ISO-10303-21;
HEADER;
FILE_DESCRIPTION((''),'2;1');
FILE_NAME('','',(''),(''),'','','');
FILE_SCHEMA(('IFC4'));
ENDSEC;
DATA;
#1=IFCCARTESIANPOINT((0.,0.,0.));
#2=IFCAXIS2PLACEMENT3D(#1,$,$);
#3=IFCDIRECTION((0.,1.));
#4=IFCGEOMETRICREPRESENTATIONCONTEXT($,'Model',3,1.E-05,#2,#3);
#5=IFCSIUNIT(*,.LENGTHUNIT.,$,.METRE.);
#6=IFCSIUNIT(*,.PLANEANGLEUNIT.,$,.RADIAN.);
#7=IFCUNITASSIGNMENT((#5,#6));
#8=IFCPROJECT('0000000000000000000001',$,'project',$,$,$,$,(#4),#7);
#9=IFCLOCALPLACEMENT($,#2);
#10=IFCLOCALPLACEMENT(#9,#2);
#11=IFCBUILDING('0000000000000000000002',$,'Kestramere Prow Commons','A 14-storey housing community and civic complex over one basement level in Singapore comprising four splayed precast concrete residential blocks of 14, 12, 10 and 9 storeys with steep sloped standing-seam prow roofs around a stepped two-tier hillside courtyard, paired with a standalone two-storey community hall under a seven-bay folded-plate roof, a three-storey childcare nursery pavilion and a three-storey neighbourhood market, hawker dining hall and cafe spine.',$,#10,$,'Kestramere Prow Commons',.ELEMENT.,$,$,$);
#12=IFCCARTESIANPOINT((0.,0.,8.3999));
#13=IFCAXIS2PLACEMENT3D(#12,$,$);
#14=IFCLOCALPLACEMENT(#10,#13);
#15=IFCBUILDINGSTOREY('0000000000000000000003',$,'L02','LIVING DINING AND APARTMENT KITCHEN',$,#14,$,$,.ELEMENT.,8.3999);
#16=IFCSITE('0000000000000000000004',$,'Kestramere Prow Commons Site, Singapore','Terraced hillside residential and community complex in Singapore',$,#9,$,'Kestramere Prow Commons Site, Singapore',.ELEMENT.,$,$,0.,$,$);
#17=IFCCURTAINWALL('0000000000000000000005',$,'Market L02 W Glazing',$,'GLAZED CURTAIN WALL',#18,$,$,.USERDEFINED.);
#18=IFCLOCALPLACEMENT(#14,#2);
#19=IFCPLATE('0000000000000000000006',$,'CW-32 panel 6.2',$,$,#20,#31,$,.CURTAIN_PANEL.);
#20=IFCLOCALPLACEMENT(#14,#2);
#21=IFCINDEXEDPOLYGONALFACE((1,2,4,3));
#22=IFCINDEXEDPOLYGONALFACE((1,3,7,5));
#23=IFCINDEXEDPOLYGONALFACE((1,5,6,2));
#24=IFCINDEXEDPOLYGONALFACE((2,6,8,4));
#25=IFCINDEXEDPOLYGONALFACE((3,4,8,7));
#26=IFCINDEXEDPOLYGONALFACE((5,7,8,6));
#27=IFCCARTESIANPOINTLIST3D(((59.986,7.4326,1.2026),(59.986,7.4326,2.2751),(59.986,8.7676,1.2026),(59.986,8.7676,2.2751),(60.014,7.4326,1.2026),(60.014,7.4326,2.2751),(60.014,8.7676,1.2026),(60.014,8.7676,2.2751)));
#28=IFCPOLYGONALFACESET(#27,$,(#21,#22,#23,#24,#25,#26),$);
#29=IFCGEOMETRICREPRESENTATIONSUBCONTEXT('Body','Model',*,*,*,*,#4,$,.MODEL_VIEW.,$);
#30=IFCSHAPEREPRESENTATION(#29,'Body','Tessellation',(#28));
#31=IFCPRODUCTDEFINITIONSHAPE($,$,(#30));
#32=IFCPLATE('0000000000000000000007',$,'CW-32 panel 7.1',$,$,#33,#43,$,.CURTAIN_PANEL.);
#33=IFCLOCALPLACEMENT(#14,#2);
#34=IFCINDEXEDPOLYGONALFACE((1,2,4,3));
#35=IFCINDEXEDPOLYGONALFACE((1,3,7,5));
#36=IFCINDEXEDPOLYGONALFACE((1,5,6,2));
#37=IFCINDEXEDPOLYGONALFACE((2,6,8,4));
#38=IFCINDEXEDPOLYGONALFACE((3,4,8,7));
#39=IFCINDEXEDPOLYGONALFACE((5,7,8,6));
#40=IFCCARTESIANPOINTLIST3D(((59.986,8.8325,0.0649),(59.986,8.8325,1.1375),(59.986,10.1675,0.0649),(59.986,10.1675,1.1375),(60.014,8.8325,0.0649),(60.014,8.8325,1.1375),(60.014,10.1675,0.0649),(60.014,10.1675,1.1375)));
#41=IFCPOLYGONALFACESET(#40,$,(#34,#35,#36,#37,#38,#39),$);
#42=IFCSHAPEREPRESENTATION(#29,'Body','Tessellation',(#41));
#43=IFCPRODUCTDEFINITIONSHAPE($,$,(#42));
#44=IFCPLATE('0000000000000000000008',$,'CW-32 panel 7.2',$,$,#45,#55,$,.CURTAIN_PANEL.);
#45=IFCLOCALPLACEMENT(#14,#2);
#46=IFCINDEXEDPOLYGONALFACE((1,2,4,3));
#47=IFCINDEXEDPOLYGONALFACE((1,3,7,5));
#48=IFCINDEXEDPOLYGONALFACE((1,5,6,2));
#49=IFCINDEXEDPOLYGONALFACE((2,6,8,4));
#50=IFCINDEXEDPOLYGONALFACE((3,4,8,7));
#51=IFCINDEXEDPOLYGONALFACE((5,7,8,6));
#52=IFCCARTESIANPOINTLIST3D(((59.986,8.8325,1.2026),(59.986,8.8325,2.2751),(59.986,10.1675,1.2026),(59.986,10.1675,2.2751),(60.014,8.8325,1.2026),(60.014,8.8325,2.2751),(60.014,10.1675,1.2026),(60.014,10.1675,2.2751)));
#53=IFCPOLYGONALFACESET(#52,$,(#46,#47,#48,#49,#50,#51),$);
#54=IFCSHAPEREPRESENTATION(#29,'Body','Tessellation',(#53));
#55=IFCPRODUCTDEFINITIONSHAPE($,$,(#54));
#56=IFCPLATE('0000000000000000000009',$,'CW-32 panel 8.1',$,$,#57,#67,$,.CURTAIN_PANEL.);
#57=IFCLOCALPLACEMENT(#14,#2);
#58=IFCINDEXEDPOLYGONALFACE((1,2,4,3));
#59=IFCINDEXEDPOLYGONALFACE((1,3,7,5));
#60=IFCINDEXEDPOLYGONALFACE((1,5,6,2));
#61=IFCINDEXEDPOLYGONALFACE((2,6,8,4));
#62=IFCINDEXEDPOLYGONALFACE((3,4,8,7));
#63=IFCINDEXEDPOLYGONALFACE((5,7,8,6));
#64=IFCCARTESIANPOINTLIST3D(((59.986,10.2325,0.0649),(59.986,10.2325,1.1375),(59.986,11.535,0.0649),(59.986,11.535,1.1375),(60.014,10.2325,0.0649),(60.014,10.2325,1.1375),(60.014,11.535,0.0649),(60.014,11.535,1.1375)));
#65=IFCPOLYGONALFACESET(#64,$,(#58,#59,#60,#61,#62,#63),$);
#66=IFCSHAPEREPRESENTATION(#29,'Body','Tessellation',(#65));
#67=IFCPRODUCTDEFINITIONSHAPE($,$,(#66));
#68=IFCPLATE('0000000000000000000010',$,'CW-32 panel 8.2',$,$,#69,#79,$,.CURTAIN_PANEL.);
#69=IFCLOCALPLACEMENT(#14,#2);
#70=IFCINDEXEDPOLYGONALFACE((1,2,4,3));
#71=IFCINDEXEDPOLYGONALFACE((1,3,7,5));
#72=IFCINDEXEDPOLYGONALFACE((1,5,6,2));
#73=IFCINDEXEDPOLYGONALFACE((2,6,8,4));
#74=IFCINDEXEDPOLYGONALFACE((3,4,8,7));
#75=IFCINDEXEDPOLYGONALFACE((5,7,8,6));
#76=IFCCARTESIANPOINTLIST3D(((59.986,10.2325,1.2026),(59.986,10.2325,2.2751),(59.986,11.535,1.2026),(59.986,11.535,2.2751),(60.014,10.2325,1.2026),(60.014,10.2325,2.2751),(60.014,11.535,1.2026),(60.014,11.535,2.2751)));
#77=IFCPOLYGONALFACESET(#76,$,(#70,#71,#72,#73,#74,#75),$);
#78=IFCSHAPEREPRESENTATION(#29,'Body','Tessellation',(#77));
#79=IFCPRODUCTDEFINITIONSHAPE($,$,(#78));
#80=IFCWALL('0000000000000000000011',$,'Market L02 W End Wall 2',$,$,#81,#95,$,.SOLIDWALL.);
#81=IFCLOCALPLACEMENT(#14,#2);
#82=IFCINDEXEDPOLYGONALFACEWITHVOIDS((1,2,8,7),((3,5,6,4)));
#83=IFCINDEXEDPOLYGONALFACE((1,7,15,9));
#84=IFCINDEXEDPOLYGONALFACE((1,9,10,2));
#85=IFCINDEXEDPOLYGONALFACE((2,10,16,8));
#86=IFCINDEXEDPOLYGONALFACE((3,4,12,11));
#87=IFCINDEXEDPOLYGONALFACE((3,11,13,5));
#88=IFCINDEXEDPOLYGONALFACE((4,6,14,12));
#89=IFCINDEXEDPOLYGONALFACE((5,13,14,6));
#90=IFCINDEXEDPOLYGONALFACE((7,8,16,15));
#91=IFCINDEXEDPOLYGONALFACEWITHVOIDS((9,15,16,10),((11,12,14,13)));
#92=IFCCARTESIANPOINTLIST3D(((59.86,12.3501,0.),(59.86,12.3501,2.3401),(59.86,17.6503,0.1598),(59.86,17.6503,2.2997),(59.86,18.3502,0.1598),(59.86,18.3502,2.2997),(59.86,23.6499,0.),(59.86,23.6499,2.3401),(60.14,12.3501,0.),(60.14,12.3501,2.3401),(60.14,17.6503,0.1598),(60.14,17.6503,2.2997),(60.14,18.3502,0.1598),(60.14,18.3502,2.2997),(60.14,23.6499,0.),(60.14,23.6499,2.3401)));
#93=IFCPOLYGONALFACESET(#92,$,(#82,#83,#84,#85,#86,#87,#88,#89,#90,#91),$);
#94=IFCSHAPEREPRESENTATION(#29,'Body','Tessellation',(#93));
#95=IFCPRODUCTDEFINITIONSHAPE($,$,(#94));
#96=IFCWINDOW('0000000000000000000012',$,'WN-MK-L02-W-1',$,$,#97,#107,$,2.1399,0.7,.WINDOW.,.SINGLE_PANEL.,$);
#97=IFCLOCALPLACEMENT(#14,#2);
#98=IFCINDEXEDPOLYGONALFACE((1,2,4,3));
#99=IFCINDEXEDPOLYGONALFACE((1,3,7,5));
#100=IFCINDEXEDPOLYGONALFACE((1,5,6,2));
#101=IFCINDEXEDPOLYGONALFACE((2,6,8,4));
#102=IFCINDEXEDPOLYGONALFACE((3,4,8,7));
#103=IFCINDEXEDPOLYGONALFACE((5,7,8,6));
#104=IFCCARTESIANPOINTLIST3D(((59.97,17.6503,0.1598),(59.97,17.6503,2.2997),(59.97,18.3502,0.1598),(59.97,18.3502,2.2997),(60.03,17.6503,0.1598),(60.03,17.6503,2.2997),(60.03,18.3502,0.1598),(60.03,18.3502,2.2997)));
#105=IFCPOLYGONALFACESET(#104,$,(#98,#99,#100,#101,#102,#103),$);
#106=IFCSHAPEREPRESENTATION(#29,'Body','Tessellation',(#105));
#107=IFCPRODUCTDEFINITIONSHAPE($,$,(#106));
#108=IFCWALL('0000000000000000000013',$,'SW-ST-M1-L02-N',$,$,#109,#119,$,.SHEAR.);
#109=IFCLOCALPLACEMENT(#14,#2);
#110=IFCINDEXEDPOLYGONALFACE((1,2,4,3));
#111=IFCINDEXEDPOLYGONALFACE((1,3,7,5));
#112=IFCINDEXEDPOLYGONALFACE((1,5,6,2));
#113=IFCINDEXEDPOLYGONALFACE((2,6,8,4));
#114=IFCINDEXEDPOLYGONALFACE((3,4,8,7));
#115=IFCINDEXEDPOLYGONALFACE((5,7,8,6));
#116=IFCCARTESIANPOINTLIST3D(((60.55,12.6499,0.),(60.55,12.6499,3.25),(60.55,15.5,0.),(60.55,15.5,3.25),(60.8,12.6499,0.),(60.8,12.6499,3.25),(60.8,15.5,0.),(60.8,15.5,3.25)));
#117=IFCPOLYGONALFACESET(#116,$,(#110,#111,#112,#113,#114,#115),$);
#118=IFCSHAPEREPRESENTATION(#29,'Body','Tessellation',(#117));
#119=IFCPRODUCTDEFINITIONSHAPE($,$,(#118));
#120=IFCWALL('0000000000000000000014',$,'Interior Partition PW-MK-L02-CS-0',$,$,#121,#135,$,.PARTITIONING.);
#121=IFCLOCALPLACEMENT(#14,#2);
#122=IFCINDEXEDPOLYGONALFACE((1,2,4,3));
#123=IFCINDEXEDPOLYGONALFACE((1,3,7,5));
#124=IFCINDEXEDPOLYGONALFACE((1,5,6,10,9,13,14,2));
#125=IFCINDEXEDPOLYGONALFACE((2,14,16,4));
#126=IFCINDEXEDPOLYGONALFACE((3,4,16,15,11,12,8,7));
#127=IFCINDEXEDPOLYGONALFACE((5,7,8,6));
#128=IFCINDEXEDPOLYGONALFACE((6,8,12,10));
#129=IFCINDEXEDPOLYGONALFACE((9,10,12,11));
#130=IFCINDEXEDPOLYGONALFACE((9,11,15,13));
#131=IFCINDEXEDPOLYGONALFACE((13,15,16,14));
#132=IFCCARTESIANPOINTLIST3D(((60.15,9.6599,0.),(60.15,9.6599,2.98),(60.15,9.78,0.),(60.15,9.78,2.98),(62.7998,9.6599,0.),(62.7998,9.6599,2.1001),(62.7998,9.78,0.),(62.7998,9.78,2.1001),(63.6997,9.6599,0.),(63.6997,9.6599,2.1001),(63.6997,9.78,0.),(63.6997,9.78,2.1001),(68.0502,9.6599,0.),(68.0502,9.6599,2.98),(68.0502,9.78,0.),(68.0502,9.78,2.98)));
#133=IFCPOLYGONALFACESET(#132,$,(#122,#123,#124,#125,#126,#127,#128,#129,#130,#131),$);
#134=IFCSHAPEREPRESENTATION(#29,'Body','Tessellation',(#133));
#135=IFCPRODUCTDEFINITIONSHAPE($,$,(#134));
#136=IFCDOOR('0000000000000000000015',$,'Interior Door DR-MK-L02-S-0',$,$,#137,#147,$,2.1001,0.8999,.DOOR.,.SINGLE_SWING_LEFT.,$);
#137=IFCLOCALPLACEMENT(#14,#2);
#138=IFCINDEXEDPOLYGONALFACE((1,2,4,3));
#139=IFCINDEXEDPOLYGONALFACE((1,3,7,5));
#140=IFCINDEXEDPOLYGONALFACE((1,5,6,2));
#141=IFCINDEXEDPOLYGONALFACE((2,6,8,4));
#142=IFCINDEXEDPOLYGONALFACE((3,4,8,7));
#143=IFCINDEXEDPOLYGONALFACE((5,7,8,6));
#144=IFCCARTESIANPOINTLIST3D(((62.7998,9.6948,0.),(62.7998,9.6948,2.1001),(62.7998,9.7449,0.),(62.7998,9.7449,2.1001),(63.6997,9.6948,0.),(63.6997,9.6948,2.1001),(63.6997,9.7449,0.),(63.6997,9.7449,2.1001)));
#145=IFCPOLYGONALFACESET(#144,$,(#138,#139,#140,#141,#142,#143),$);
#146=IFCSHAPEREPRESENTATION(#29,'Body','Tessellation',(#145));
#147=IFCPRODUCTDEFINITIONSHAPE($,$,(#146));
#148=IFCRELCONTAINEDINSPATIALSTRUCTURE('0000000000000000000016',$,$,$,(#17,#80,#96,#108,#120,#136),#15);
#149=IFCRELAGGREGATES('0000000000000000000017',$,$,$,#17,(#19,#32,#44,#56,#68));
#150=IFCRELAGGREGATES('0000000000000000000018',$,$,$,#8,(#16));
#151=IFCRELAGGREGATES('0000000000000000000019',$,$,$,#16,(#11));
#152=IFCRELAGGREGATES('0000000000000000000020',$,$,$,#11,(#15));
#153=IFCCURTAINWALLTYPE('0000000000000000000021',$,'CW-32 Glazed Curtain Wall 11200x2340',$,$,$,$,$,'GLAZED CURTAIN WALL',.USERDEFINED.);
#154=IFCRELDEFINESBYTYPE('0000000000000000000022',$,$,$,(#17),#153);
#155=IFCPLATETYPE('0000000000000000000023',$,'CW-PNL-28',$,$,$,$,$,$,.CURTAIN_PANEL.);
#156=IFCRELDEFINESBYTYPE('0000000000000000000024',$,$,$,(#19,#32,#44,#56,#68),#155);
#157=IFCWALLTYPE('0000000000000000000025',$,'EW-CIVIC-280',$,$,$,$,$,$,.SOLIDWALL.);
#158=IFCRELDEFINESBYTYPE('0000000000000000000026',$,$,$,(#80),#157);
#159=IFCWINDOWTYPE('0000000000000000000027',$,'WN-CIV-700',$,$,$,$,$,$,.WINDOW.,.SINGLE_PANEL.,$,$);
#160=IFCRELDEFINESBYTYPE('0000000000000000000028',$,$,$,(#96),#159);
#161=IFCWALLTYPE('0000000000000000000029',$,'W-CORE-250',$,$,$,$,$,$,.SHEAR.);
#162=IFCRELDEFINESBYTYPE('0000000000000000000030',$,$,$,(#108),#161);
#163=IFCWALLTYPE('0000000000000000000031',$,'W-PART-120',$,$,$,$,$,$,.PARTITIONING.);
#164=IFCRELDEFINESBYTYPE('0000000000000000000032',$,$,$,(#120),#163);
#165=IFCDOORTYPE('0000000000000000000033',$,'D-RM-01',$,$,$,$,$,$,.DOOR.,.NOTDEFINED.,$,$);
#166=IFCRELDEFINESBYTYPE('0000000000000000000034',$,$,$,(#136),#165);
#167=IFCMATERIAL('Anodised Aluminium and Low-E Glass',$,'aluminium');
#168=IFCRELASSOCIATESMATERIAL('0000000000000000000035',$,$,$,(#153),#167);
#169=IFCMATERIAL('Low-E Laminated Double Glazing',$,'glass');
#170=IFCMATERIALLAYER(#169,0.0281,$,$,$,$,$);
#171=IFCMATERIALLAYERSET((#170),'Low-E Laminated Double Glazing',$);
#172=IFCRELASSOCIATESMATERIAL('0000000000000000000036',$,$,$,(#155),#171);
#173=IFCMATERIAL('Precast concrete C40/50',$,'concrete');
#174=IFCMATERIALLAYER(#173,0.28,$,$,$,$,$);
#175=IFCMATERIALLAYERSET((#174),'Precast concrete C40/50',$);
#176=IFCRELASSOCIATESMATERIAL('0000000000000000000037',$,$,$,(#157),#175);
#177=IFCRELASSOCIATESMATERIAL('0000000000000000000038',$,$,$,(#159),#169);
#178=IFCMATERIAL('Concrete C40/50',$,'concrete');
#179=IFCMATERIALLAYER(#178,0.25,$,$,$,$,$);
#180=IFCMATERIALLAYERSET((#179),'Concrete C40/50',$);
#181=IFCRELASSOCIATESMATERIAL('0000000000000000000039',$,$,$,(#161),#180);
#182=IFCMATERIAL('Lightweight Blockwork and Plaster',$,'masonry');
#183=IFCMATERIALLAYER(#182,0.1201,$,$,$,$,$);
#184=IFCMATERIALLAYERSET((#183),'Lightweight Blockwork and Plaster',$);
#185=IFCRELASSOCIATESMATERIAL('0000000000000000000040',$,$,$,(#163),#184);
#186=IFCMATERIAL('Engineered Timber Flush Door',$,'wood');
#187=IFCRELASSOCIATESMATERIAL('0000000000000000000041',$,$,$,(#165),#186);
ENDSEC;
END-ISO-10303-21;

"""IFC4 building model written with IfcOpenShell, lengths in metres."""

from ifc_helpers import new_model, si_unit, direction, frame, frame_2d, origin, origin_2d, place, context, subcontext, project, spatial, rectangle, extrude, material, layer, layer_set, type_object, element, fill, aggregate, save


model = new_model("IFC4")

# Units and contexts
model_context = context("Model", 3, precision=1e-05, world=origin(), true_north=direction((0.0, 1.0)))
body_context = subcontext(model_context, "Body", "Model", "MODEL_VIEW")
ifc_project = project(units=[si_unit("LENGTHUNIT", "METRE"), si_unit("PLANEANGLEUNIT", "RADIAN")], contexts=[model_context])

# Site, building, storey
site_placement = place(None, origin())
site = spatial("IfcSite", under=ifc_project, at=site_placement, Name="Kestramere Prow Commons Site, Singapore", Description="Terraced hillside residential and community complex in Singapore", LongName="Kestramere Prow Commons Site, Singapore", CompositionType="ELEMENT", RefElevation=0.0)
building_placement = place(site_placement, origin())
building = spatial("IfcBuilding", under=site, at=building_placement, Name="Kestramere Prow Commons", Description="A 14-storey housing community and civic complex over one basement level in Singapore comprising four splayed precast concrete residential blocks of 14, 12, 10 and 9 storeys with steep sloped standing-seam prow roofs around a stepped two-tier hillside courtyard, paired with a standalone two-storey community hall under a seven-bay folded-plate roof, a three-storey childcare nursery pavilion and a three-storey neighbourhood market, hawker dining hall and cafe spine.", LongName="Kestramere Prow Commons", CompositionType="ELEMENT")
storey_placement = place(building_placement, frame((0.0, 0.0, 8.3999)))
storey = spatial("IfcBuildingStorey", under=building, at=storey_placement, Name="L02", Description="LIVING DINING AND APARTMENT KITCHEN", CompositionType="ELEMENT", Elevation=8.3999)

# Shared definitions
ifc_material_1 = material(Name="Precast concrete C40/50", Category="concrete")

# Curtain wall, plates
ifc_material_2 = material(Name="Anodised Aluminium and Low-E Glass", Category="aluminium")
curtain_wall_type = type_object("IfcCurtainWallType", Name="CW-32 Glazed Curtain Wall 11200x2340", ElementType="GLAZED CURTAIN WALL", PredefinedType="USERDEFINED", material=ifc_material_2)
curtain_wall_placement = place(storey_placement, origin())
curtain_wall = element("IfcCurtainWall", 1, at=curtain_wall_placement, inside=storey, type_object=curtain_wall_type, Name="Market L02 W Glazing", ObjectType="GLAZED CURTAIN WALL", PredefinedType="USERDEFINED")
ifc_material_3 = material(Name="Low-E Laminated Double Glazing", Category="glass")
ifc_layer_1 = layer(ifc_material_3, 0.0281)
ifc_layer_set_1 = layer_set([ifc_layer_1], Name="Low-E Laminated Double Glazing")
plate_type = type_object("IfcPlateType", Name="CW-PNL-28", PredefinedType="CURTAIN_PANEL", material=ifc_layer_set_1)
plate_1_placement = place(storey_placement, frame((60.0, 8.1001, 1.2026), z_axis=(0.0, 0.0, 1.0), x_axis=(0.0, 1.0, 0.0)))
plate_1 = element("IfcPlate", 2, at=plate_1_placement, type_object=plate_type, Name="CW-32 panel 6.2", PredefinedType="CURTAIN_PANEL", context=body_context, shape_type="SweptSolid", body=[
    extrude(rectangle(XDim=1.335, YDim=0.0281, at=origin_2d()), origin(), (0.0, 0.0, 1.0), 1.0725),
])
plate_2_placement = place(storey_placement, frame((60.0, 9.5, 0.0649), z_axis=(0.0, 0.0, 1.0), x_axis=(0.0, 1.0, 0.0)))
plate_2 = element("IfcPlate", 3, at=plate_2_placement, type_object=plate_type, Name="CW-32 panel 7.1", PredefinedType="CURTAIN_PANEL", context=body_context, shape_type="SweptSolid", body=[
    extrude(rectangle(XDim=1.335, YDim=0.0281, at=origin_2d()), origin(), (0.0, 0.0, 1.0), 1.0725),
])
plate_3_placement = place(storey_placement, frame((60.0, 9.5, 1.2026), z_axis=(0.0, 0.0, 1.0), x_axis=(0.0, 1.0, 0.0)))
plate_3 = element("IfcPlate", 4, at=plate_3_placement, type_object=plate_type, Name="CW-32 panel 7.2", PredefinedType="CURTAIN_PANEL", context=body_context, shape_type="SweptSolid", body=[
    extrude(rectangle(XDim=1.335, YDim=0.0281, at=origin_2d()), origin(), (0.0, 0.0, 1.0), 1.0725),
])
plate_4_placement = place(storey_placement, frame((60.0, 10.8838, 0.0649), z_axis=(0.0, 0.0, 1.0), x_axis=(0.0, 1.0, 0.0)))
plate_4 = element("IfcPlate", 5, at=plate_4_placement, type_object=plate_type, Name="CW-32 panel 8.1", PredefinedType="CURTAIN_PANEL", context=body_context, shape_type="SweptSolid", body=[
    extrude(rectangle(XDim=1.3025, YDim=0.0281, at=origin_2d()), origin(), (0.0, 0.0, 1.0), 1.0725),
])
plate_5_placement = place(storey_placement, frame((60.0, 10.8838, 1.2026), z_axis=(0.0, 0.0, 1.0), x_axis=(0.0, 1.0, 0.0)))
plate_5 = element("IfcPlate", 6, at=plate_5_placement, type_object=plate_type, Name="CW-32 panel 8.2", PredefinedType="CURTAIN_PANEL", context=body_context, shape_type="SweptSolid", body=[
    extrude(rectangle(XDim=1.3025, YDim=0.0281, at=origin_2d()), origin(), (0.0, 0.0, 1.0), 1.0725),
])
aggregate(curtain_wall, [plate_1, plate_2, plate_3, plate_4, plate_5])

# Wall, opening, window
ifc_layer_2 = layer(ifc_material_1, 0.28)
ifc_layer_set_2 = layer_set([ifc_layer_2], Name="Precast concrete C40/50")
wall_type_1 = type_object("IfcWallType", Name="EW-CIVIC-280", PredefinedType="SOLIDWALL", material=ifc_layer_set_2)
wall_1_placement = place(storey_placement, frame((60.0, 12.3501, 0.0), z_axis=(0.0, 0.0, 1.0), x_axis=(0.0, 1.0, 0.0)))
wall_1 = element("IfcWall", 7, at=wall_1_placement, inside=storey, type_object=wall_type_1, Name="Market L02 W End Wall 2", PredefinedType="SOLIDWALL", context=body_context, shape_type="SweptSolid", body=[
    extrude(rectangle(XDim=11.2998, YDim=0.28, at=frame_2d((5.6499, 0.0))), origin(), (0.0, 0.0, 1.0), 2.3401),
])
opening_1_placement = place(wall_1_placement, frame((5.3, 0.0, 0.1599)))
opening_1 = element("IfcOpeningElement", 8, at=opening_1_placement, cuts=wall_1, PredefinedType="OPENING", context=body_context, shape_type="SweptSolid", body=[
    extrude(rectangle(XDim=0.7, YDim=2.1399, at=frame_2d((0.3501, 1.0698))), frame((0.0, 0.155, 0.0), z_axis=(0.0, -1.0, 0.0), x_axis=(1.0, 0.0, 0.0)), (0.0, 0.0, 1.0), 0.3101),
])
window_type = type_object("IfcWindowType", Name="WN-CIV-700", PartitioningType="SINGLE_PANEL", PredefinedType="WINDOW", material=ifc_material_3)
window_placement = place(opening_1_placement, origin())
window = element("IfcWindow", 9, at=window_placement, inside=storey, type_object=window_type, Name="WN-MK-L02-W-1", OverallHeight=2.1399, OverallWidth=0.7, PartitioningType="SINGLE_PANEL", PredefinedType="WINDOW", context=body_context, shape_type="SweptSolid", body=[
    extrude(rectangle(XDim=0.7, YDim=2.1399, at=frame_2d((0.3501, 1.0698))), frame((0.0, 0.03, 0.0), z_axis=(0.0, -1.0, 0.0), x_axis=(1.0, 0.0, 0.0)), (0.0, 0.0, 1.0), 0.0601),
])
fill(opening_1, window)

# Shared definitions
ifc_material_4 = material(Name="Concrete C40/50", Category="concrete")
ifc_layer_3 = layer(ifc_material_4, 0.25)
ifc_layer_set_3 = layer_set([ifc_layer_3], Name="Concrete C40/50")
wall_type_2 = type_object("IfcWallType", Name="W-CORE-250", PredefinedType="SHEAR", material=ifc_layer_set_3)

# Wall
wall_2_placement = place(storey_placement, frame((60.675, 12.6499, 0.0), z_axis=(0.0, 0.0, 1.0), x_axis=(0.0, 1.0, 0.0)))
element("IfcWall", 10, at=wall_2_placement, inside=storey, type_object=wall_type_2, Name="SW-ST-M1-L02-N", PredefinedType="SHEAR", context=body_context, shape_type="SweptSolid", body=[
    extrude(rectangle(XDim=2.8501, YDim=0.25, at=frame_2d((1.425, 0.0))), origin(), (0.0, 0.0, 1.0), 3.25),
])

# Wall, opening, door
ifc_material_5 = material(Name="Lightweight Blockwork and Plaster", Category="masonry")
ifc_layer_4 = layer(ifc_material_5, 0.1201)
ifc_layer_set_4 = layer_set([ifc_layer_4], Name="Lightweight Blockwork and Plaster")
wall_type_3 = type_object("IfcWallType", Name="W-PART-120", PredefinedType="PARTITIONING", material=ifc_layer_set_4)
wall_3_placement = place(storey_placement, frame((60.1499, 9.72, 0.0), z_axis=(0.0, 0.0, 1.0), x_axis=(1.0, 0.0, 0.0)))
wall_3 = element("IfcWall", 11, at=wall_3_placement, inside=storey, type_object=wall_type_3, Name="Interior Partition PW-MK-L02-CS-0", PredefinedType="PARTITIONING", context=body_context, shape_type="SweptSolid", body=[
    extrude(rectangle(XDim=7.9001, YDim=0.1201, at=frame_2d((3.9502, 0.0))), origin(), (0.0, 0.0, 1.0), 2.98),
])
opening_2_placement = place(wall_3_placement, frame((2.6499, 0.0, 0.0)))
opening_2 = element("IfcOpeningElement", 12, at=opening_2_placement, cuts=wall_3, PredefinedType="OPENING", context=body_context, shape_type="SweptSolid", body=[
    extrude(rectangle(XDim=0.8999, YDim=2.1001, at=frame_2d((0.45, 1.05))), frame((0.0, 0.075, 0.0), z_axis=(0.0, -1.0, 0.0), x_axis=(1.0, 0.0, 0.0)), (0.0, 0.0, 1.0), 0.1501),
])
ifc_material_6 = material(Name="Engineered Timber Flush Door", Category="wood")
door_type_1 = type_object("IfcDoorType", Name="D-RM-01", OperationType="NOTDEFINED", PredefinedType="DOOR", material=ifc_material_6)
door_1_placement = place(opening_2_placement, origin())
door_1 = element("IfcDoor", 13, at=door_1_placement, inside=storey, type_object=door_type_1, Name="Interior Door DR-MK-L02-S-0", OperationType="SINGLE_SWING_LEFT", OverallHeight=2.1001, OverallWidth=0.8999, PredefinedType="DOOR", context=body_context, shape_type="SweptSolid", body=[
    extrude(rectangle(XDim=0.8999, YDim=2.1001, at=frame_2d((0.45, 1.05))), frame((0.0, 0.0249, 0.0), z_axis=(0.0, -1.0, 0.0), x_axis=(1.0, 0.0, 0.0)), (0.0, 0.0, 1.0), 0.05),
])
fill(opening_2, door_1)

save(model, "model.ifc")
